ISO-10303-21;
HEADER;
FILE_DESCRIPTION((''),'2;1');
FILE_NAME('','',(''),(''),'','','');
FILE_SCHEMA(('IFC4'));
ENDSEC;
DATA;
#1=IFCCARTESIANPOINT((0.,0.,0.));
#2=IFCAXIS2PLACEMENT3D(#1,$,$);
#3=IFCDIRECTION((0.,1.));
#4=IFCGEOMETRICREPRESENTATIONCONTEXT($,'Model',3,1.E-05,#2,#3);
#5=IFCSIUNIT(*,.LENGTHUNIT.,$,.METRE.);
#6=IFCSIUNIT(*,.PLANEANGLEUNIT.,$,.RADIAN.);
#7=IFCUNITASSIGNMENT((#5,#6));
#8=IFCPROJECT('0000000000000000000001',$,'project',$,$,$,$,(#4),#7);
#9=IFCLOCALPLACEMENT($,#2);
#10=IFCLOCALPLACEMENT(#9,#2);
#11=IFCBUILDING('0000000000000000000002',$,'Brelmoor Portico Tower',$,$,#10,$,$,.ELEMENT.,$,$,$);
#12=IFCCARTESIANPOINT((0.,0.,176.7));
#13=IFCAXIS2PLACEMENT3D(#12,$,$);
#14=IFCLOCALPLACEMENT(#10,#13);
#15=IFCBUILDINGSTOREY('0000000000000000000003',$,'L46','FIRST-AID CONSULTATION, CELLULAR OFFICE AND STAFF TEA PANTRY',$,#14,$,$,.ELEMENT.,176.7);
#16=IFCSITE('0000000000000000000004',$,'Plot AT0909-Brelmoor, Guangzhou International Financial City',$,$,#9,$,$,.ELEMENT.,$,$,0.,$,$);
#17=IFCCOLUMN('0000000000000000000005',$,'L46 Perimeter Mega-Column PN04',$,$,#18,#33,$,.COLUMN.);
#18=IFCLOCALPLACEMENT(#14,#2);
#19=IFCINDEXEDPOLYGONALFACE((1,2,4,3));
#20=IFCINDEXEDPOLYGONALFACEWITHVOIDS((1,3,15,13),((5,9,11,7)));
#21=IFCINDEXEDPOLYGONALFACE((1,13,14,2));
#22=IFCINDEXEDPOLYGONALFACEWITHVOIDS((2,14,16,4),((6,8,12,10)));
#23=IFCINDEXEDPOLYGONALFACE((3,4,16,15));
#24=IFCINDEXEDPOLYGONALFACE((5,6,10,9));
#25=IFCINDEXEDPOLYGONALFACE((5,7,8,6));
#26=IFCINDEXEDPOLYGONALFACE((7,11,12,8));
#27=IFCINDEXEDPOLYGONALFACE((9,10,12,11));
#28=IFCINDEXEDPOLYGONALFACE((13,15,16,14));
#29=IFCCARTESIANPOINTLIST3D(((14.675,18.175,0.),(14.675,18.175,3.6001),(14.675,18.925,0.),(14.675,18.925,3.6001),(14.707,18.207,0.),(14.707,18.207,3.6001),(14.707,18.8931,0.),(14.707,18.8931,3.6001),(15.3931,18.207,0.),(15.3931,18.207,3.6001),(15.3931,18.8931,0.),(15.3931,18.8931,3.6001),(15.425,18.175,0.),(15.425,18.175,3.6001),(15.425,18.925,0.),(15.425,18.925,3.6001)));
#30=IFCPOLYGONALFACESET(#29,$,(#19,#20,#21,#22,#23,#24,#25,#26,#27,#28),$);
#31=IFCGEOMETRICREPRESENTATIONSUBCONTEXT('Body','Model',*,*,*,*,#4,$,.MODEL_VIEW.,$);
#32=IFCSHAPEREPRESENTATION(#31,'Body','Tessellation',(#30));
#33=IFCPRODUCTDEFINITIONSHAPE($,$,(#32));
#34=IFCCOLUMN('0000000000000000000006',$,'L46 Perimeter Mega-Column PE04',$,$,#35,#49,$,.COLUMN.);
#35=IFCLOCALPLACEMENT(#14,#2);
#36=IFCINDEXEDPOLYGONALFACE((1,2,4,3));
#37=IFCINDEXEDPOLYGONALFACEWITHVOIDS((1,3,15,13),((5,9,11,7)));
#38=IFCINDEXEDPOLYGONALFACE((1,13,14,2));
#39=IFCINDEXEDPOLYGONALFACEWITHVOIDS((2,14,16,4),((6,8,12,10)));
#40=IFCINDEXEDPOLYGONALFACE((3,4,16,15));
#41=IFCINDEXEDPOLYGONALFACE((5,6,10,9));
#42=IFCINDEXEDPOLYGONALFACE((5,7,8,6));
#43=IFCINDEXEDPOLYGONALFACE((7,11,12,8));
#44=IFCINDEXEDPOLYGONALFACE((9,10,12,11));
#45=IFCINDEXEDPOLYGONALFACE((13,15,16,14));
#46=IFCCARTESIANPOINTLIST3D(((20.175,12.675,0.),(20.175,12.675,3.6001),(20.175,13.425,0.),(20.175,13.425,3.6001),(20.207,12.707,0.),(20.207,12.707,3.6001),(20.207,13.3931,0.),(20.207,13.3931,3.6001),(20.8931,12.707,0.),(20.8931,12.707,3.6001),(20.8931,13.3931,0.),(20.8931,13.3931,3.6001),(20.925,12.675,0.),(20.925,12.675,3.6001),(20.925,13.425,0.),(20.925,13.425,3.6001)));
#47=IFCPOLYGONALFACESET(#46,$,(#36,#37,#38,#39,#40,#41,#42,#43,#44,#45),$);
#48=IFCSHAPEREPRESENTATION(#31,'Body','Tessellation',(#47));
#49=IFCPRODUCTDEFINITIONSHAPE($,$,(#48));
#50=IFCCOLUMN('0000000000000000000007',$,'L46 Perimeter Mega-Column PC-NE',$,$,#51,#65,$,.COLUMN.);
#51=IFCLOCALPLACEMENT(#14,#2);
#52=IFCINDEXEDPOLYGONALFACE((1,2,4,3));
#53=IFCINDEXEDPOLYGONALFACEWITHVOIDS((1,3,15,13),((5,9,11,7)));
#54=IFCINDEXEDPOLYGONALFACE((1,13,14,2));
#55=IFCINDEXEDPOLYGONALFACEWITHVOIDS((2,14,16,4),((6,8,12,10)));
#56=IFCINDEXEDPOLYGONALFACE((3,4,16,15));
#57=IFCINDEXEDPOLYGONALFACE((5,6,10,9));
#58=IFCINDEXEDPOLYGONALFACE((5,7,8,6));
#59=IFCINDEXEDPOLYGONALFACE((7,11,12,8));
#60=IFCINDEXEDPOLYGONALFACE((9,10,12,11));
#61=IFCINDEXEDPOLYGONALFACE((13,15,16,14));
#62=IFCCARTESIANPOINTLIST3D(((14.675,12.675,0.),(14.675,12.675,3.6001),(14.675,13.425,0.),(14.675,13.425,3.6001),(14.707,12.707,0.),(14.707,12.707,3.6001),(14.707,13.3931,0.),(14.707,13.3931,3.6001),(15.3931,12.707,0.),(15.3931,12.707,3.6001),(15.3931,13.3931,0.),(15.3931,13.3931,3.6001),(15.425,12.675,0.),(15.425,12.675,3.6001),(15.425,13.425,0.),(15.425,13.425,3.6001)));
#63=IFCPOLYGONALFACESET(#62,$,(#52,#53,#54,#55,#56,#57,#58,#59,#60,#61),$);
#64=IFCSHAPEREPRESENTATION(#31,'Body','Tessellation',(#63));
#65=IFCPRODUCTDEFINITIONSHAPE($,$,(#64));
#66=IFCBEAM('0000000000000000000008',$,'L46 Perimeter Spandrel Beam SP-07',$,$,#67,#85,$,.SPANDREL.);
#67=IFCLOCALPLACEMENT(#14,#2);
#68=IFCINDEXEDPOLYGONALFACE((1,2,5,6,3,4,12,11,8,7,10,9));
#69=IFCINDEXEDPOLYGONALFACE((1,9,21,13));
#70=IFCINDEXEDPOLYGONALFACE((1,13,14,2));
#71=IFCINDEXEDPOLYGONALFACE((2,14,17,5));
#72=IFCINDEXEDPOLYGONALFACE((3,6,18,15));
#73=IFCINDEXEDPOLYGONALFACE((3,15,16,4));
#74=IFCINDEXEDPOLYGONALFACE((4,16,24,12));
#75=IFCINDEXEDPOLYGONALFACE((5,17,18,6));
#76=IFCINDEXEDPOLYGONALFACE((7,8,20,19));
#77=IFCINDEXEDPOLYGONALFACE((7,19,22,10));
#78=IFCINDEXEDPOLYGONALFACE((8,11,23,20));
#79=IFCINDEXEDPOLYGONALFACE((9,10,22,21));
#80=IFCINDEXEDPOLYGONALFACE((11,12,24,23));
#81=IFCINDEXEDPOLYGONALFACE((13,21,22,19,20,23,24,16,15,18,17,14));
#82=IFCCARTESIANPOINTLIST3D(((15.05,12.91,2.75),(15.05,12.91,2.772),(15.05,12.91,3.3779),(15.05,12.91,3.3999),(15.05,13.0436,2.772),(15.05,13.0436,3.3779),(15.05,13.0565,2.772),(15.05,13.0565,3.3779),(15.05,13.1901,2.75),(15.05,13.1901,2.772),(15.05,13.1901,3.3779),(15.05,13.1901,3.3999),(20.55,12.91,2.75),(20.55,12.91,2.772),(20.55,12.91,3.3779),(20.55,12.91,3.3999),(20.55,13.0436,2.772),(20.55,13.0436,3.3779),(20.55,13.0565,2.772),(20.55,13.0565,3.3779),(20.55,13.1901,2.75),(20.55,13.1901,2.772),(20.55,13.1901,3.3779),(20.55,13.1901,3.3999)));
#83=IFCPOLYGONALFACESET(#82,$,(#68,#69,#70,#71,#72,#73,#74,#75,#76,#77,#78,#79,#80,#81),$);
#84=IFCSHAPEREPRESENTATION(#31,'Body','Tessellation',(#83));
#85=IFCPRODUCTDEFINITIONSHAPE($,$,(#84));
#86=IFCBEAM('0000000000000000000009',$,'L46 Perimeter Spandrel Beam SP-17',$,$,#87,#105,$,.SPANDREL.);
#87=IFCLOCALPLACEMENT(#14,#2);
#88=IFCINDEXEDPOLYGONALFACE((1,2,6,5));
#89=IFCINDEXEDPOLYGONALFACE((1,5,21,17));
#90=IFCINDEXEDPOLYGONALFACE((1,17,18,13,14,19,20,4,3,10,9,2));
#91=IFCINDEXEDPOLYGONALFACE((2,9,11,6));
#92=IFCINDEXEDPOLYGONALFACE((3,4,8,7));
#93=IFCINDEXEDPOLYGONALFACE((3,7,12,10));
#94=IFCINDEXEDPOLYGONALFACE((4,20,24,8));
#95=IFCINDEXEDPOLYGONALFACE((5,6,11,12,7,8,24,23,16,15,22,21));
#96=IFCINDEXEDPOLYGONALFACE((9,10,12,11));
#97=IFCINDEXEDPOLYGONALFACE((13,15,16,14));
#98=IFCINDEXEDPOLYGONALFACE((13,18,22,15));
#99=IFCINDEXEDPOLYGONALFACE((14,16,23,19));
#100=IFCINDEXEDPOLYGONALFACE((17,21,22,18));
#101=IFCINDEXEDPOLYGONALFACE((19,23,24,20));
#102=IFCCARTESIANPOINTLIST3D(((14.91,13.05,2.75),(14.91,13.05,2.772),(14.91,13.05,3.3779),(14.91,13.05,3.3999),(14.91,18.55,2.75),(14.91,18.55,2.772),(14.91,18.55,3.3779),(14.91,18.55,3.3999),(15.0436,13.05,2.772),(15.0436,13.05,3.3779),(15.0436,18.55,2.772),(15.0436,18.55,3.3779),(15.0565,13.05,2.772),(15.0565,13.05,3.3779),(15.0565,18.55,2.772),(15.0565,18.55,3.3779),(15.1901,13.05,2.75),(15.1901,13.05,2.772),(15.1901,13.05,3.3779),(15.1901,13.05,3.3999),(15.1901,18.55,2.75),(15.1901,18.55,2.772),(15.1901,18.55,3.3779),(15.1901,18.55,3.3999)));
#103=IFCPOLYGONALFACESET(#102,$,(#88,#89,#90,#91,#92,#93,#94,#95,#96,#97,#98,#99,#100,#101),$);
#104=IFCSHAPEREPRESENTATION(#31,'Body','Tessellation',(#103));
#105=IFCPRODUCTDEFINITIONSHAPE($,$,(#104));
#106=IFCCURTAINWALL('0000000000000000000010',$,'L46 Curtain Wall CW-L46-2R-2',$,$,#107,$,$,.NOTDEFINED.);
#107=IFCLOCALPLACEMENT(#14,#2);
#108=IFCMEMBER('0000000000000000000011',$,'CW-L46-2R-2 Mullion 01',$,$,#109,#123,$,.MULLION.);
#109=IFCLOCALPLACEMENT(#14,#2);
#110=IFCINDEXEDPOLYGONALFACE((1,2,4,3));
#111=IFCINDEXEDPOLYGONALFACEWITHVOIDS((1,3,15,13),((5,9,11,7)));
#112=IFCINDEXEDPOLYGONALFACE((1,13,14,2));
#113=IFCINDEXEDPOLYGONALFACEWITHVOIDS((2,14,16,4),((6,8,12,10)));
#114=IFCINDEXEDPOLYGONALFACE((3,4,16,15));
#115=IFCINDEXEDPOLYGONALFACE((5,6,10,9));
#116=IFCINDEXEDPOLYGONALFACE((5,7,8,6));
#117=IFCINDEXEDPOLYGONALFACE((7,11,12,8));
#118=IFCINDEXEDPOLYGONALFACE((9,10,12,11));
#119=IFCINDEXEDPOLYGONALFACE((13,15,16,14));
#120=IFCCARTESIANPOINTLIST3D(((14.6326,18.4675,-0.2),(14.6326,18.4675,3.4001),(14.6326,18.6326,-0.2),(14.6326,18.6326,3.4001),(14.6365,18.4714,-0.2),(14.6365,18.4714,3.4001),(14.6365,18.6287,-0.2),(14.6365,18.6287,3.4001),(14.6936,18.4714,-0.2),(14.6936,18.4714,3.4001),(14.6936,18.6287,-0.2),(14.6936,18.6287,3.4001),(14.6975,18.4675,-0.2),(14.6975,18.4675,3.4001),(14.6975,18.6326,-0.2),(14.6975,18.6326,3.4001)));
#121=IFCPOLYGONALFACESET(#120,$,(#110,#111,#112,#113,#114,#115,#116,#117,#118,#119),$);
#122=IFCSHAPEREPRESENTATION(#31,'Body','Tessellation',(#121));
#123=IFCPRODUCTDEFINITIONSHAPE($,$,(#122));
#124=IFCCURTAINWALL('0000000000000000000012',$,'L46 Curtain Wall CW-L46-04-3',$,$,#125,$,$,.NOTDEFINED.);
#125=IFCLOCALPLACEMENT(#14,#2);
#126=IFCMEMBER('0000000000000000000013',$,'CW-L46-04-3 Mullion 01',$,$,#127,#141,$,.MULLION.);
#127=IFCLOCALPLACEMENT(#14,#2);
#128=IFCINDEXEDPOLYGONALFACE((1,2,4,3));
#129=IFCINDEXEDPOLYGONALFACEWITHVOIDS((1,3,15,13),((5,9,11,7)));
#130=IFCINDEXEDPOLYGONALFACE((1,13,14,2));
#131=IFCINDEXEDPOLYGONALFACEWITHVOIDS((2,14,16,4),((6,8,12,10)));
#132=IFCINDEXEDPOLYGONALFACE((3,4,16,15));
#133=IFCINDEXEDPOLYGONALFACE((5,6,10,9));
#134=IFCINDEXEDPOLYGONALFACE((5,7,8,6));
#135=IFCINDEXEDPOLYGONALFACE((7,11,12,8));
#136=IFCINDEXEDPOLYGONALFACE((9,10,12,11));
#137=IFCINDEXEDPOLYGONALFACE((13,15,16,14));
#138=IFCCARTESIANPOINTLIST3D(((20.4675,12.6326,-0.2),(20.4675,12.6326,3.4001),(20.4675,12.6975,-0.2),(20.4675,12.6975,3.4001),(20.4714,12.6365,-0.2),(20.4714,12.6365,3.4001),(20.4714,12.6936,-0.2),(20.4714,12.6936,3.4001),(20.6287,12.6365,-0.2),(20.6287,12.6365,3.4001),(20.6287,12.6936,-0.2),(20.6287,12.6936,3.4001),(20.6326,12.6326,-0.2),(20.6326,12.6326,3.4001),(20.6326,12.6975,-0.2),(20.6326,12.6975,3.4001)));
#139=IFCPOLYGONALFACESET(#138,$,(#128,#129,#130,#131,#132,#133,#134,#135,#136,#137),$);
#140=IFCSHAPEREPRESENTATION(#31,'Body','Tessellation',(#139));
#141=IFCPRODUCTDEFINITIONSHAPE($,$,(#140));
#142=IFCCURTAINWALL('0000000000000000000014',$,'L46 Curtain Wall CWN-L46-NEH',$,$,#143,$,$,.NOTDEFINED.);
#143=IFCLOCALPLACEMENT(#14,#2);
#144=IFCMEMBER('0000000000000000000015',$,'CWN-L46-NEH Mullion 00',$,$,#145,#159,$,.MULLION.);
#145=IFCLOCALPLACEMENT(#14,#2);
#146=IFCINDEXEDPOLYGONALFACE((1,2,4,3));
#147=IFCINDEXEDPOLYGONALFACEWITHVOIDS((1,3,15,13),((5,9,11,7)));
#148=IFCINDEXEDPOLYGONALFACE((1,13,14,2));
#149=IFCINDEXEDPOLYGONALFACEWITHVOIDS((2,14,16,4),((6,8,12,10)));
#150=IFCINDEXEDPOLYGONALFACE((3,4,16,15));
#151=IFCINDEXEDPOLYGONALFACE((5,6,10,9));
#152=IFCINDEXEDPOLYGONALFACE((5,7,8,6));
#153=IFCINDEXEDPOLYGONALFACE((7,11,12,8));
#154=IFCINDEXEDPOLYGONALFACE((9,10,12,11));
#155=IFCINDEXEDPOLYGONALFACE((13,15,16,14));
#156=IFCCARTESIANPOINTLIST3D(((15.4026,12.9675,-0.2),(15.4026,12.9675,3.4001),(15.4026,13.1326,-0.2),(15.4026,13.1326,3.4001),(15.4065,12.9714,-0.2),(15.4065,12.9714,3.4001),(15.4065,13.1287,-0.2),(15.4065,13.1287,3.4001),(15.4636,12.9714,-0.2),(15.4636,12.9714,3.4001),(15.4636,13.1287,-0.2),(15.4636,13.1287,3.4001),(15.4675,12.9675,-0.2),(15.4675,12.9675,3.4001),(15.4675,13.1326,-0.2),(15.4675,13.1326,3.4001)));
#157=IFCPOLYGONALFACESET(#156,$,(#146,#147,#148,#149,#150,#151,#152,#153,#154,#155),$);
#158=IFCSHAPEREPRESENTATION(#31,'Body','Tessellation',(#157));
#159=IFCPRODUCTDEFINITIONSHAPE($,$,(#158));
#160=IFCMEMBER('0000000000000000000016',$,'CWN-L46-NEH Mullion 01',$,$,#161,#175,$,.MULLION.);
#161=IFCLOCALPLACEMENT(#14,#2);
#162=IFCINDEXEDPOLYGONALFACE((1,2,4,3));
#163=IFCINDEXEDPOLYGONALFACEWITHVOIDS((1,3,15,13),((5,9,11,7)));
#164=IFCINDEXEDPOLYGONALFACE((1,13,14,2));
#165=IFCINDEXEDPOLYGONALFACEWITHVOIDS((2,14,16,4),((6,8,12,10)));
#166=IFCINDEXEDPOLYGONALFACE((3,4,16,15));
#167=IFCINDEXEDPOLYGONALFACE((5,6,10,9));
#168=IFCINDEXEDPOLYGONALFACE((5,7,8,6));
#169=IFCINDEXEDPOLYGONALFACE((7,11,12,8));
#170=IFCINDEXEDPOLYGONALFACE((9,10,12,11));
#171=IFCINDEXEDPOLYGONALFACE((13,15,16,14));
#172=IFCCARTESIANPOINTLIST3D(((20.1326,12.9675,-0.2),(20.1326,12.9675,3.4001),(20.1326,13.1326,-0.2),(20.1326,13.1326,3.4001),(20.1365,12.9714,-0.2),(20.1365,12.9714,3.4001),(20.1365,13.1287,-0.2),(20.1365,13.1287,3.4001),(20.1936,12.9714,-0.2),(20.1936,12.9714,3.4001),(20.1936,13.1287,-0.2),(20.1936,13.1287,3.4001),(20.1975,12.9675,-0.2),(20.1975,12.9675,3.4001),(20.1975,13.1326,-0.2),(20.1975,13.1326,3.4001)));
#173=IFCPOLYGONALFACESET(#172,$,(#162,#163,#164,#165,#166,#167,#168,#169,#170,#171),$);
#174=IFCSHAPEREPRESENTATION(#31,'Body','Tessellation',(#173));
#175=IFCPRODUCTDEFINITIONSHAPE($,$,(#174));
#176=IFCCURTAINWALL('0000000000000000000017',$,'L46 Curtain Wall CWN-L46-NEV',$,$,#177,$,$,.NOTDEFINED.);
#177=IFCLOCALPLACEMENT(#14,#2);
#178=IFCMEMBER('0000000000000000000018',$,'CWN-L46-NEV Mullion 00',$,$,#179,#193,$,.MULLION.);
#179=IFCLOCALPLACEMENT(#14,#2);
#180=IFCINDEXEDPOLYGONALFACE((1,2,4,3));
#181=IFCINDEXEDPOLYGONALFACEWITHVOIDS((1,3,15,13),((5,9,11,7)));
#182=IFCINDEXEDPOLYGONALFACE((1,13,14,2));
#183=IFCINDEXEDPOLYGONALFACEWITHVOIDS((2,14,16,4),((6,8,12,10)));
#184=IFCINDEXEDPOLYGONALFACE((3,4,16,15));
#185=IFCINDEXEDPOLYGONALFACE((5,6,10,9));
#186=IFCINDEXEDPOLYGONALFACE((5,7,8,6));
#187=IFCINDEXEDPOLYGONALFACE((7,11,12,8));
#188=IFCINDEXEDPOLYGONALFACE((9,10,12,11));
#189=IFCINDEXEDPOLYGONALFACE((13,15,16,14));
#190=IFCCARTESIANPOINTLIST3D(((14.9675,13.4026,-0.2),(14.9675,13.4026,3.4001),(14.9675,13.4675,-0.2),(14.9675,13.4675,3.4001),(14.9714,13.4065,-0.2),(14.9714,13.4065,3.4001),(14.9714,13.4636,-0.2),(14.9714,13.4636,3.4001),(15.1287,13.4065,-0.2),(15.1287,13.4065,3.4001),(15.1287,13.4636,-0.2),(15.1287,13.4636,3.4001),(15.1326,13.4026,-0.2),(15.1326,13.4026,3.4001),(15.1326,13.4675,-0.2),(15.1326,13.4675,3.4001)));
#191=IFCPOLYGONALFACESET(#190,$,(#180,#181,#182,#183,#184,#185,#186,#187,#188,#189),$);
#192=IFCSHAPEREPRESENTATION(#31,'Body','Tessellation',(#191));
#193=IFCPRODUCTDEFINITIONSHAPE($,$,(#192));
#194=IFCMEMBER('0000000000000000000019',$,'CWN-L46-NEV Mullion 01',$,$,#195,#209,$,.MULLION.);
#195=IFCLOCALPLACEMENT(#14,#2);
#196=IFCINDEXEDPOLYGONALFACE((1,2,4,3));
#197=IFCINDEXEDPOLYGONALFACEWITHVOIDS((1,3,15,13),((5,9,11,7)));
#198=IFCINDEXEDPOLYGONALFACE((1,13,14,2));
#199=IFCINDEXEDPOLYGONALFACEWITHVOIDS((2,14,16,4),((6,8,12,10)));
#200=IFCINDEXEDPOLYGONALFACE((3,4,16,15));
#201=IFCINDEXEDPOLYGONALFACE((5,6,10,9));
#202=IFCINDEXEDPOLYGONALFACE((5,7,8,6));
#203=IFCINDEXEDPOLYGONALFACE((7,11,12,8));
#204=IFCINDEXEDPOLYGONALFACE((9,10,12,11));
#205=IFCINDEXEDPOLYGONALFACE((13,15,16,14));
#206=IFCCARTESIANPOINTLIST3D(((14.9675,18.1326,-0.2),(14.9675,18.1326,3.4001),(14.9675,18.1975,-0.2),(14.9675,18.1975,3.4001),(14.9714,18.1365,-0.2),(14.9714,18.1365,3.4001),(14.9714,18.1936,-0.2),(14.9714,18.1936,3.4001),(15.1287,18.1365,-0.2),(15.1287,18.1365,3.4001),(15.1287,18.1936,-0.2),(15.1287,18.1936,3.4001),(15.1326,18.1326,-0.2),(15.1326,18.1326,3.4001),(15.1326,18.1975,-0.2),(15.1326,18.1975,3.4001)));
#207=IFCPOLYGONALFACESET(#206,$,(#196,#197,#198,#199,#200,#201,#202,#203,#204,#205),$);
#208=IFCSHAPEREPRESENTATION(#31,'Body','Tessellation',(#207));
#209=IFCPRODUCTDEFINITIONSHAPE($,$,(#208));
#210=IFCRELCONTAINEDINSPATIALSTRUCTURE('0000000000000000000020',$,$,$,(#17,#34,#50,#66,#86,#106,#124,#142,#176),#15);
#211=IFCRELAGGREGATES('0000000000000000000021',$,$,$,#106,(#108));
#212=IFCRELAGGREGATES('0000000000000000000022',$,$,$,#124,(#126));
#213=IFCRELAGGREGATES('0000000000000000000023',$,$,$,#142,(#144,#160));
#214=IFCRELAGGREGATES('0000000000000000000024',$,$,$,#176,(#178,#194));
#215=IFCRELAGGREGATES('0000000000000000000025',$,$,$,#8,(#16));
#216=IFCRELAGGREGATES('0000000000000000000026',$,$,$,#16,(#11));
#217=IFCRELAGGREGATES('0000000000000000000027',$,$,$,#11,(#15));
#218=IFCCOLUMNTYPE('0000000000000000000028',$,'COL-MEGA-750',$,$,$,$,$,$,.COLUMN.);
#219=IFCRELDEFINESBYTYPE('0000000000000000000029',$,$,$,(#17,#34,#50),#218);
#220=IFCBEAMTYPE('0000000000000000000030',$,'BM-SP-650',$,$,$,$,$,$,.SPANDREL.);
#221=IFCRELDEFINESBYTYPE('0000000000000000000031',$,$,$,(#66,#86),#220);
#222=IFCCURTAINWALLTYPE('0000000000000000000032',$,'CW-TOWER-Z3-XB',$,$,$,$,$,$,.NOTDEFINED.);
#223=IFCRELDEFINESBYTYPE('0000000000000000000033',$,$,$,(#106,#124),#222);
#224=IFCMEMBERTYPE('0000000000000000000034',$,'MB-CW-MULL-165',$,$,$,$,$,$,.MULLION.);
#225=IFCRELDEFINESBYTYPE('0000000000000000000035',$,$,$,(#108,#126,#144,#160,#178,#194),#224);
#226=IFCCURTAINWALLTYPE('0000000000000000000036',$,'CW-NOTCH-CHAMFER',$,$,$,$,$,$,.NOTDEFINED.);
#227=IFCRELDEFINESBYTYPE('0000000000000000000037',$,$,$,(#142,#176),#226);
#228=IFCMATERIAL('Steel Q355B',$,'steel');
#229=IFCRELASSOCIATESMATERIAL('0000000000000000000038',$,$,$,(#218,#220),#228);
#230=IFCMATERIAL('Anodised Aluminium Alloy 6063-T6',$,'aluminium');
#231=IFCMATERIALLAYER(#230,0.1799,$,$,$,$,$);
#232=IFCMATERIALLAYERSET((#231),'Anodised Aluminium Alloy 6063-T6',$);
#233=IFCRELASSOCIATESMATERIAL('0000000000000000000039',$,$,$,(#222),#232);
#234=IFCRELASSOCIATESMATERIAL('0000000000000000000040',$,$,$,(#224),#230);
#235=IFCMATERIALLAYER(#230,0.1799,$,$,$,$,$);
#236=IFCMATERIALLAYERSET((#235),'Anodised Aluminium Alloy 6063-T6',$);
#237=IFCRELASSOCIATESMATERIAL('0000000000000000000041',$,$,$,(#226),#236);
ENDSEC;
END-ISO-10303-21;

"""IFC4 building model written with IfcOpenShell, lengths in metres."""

from ifc_helpers import new_model, si_unit, direction, frame, origin, origin_2d, place, context, subcontext, project, spatial, hollow_rectangle, i_section, extrude, material, layer, layer_set, material_profile, profile_set, type_object, element, aggregate, save


model = new_model("IFC4")

# Units and contexts
model_context = context("Model", 3, precision=1e-05, world=origin(), true_north=direction((0.0, 1.0)))
body_context = subcontext(model_context, "Body", "Model", "MODEL_VIEW")
ifc_project = project(units=[si_unit("LENGTHUNIT", "METRE"), si_unit("PLANEANGLEUNIT", "RADIAN")], contexts=[model_context])

# Site, building, storey
site_placement = place(None, origin())
site = spatial("IfcSite", under=ifc_project, at=site_placement, Name="Plot AT0909-Brelmoor, Guangzhou International Financial City", CompositionType="ELEMENT", RefElevation=0.0)
building_placement = place(site_placement, origin())
building = spatial("IfcBuilding", under=site, at=building_placement, Name="Brelmoor Portico Tower", CompositionType="ELEMENT")
storey_placement = place(building_placement, frame((0.0, 0.0, 176.7)))
storey = spatial("IfcBuildingStorey", under=building, at=storey_placement, Name="L46", Description="FIRST-AID CONSULTATION, CELLULAR OFFICE AND STAFF TEA PANTRY", CompositionType="ELEMENT", Elevation=176.7)

# Columns
ifc_material_1 = material(Name="Steel Q355B", Category="steel")
ifc_material_profile_1 = material_profile(ifc_material_1, hollow_rectangle(XDim=0.75, YDim=0.75, WallThickness=0.032, at=origin_2d()), Name="BOX 750x750x32")
ifc_profile_set_1 = profile_set([ifc_material_profile_1], Name="Steel Q355B")
column_type = type_object("IfcColumnType", Name="COL-MEGA-750", PredefinedType="COLUMN", material=ifc_profile_set_1)
for number, where, z_axis, x_axis, name in (
    (1, (15.05, 18.55, 0.0), (0.0, 0.0, 1.0), (1.0, 0.0, 0.0), "L46 Perimeter Mega-Column PN04"),
    (2, (20.55, 13.05, 0.0), (0.0, 0.0, 1.0), (0.0, 1.0, 0.0), "L46 Perimeter Mega-Column PE04"),
    (3, (15.05, 13.05, 0.0), (0.0, 0.0, 1.0), (1.0, 0.0, 0.0), "L46 Perimeter Mega-Column PC-NE"),
):
    element("IfcColumn", number, at=place(storey_placement, frame(where, z_axis=z_axis, x_axis=x_axis)), inside=storey, type_object=column_type, Name=name, PredefinedType="COLUMN", context=body_context, shape_type="SweptSolid", body=[
        extrude(hollow_rectangle(XDim=0.75, YDim=0.75, WallThickness=0.032, at=origin_2d()), origin(), (0.0, 0.0, 1.0), 3.6001),
    ])

# Beams
ifc_material_profile_2 = material_profile(ifc_material_1, i_section(OverallWidth=0.28, OverallDepth=0.6499, WebThickness=0.0129, FlangeThickness=0.022, at=origin_2d()), Name="HN 650x280x13x22")
ifc_profile_set_2 = profile_set([ifc_material_profile_2], Name="Steel Q355B")
beam_type = type_object("IfcBeamType", Name="BM-SP-650", PredefinedType="SPANDREL", material=ifc_profile_set_2)
for number, where, z_axis, x_axis, name in (
    (4, (15.05, 13.05, 3.075), (1.0, 0.0, 0.0), (0.0, 1.0, 0.0), "L46 Perimeter Spandrel Beam SP-07"),
    (5, (15.05, 13.05, 3.075), (0.0, 1.0, 0.0), (-1.0, 0.0, 0.0), "L46 Perimeter Spandrel Beam SP-17"),
):
    element("IfcBeam", number, at=place(storey_placement, frame(where, z_axis=z_axis, x_axis=x_axis)), inside=storey, type_object=beam_type, Name=name, PredefinedType="SPANDREL", context=body_context, shape_type="SweptSolid", body=[
        extrude(i_section(OverallWidth=0.28, OverallDepth=0.6499, WebThickness=0.0129, FlangeThickness=0.022, at=origin_2d()), origin(), (0.0, 0.0, 1.0), 5.5),
    ])

# Curtain walls, members
ifc_material_2 = material(Name="Anodised Aluminium Alloy 6063-T6", Category="aluminium")
ifc_layer_1 = layer(ifc_material_2, 0.1799)
ifc_layer_set_1 = layer_set([ifc_layer_1], Name="Anodised Aluminium Alloy 6063-T6")
curtain_wall_type_1 = type_object("IfcCurtainWallType", Name="CW-TOWER-Z3-XB", PredefinedType="NOTDEFINED", material=ifc_layer_set_1)
curtain_wall_1_placement = place(storey_placement, origin())
curtain_wall_1 = element("IfcCurtainWall", 6, at=curtain_wall_1_placement, inside=storey, type_object=curtain_wall_type_1, Name="L46 Curtain Wall CW-L46-2R-2", PredefinedType="NOTDEFINED")
ifc_material_profile_3 = material_profile(ifc_material_2, hollow_rectangle(XDim=0.0649, YDim=0.165, WallThickness=0.0039, at=origin_2d()), Name="ALU MULLION 65x165")
ifc_profile_set_3 = profile_set([ifc_material_profile_3], Name="Anodised Aluminium Alloy 6063-T6")
member_type_1 = type_object("IfcMemberType", Name="MB-CW-MULL-165", PredefinedType="MULLION", material=ifc_profile_set_3)
member_1_placement = place(storey_placement, frame((14.665, 18.55, -0.2), z_axis=(0.0, 0.0, 1.0), x_axis=(1.0, 0.0, 0.0)))
member_1 = element("IfcMember", 7, at=member_1_placement, type_object=member_type_1, Name="CW-L46-2R-2 Mullion 01", PredefinedType="MULLION", context=body_context, shape_type="SweptSolid", body=[
    extrude(hollow_rectangle(XDim=0.0649, YDim=0.165, WallThickness=0.0039, at=origin_2d()), origin(), (0.0, 0.0, 1.0), 3.6001),
])
aggregate(curtain_wall_1, [member_1])
curtain_wall_2_placement = place(storey_placement, origin())
curtain_wall_2 = element("IfcCurtainWall", 8, at=curtain_wall_2_placement, inside=storey, type_object=curtain_wall_type_1, Name="L46 Curtain Wall CW-L46-04-3", PredefinedType="NOTDEFINED")
member_2_placement = place(storey_placement, frame((20.55, 12.665, -0.2), z_axis=(0.0, 0.0, 1.0), x_axis=(0.0, 1.0, 0.0)))
member_2 = element("IfcMember", 9, at=member_2_placement, type_object=member_type_1, Name="CW-L46-04-3 Mullion 01", PredefinedType="MULLION", context=body_context, shape_type="SweptSolid", body=[
    extrude(hollow_rectangle(XDim=0.0649, YDim=0.165, WallThickness=0.0039, at=origin_2d()), origin(), (0.0, 0.0, 1.0), 3.6001),
])
aggregate(curtain_wall_2, [member_2])

# Curtain walls, members
ifc_layer_2 = layer(ifc_material_2, 0.1799)
ifc_layer_set_2 = layer_set([ifc_layer_2], Name="Anodised Aluminium Alloy 6063-T6")
curtain_wall_type_2 = type_object("IfcCurtainWallType", Name="CW-NOTCH-CHAMFER", PredefinedType="NOTDEFINED", material=ifc_layer_set_2)
curtain_wall_3_placement = place(storey_placement, origin())
curtain_wall_3 = element("IfcCurtainWall", 10, at=curtain_wall_3_placement, inside=storey, type_object=curtain_wall_type_2, Name="L46 Curtain Wall CWN-L46-NEH", PredefinedType="NOTDEFINED")
member_3_placement = place(storey_placement, frame((15.4351, 13.05, -0.2), z_axis=(0.0, 0.0, 1.0), x_axis=(1.0, 0.0, 0.0)))
member_3 = element("IfcMember", 11, at=member_3_placement, type_object=member_type_1, Name="CWN-L46-NEH Mullion 00", PredefinedType="MULLION", context=body_context, shape_type="SweptSolid", body=[
    extrude(hollow_rectangle(XDim=0.0649, YDim=0.165, WallThickness=0.0039, at=origin_2d()), origin(), (0.0, 0.0, 1.0), 3.6001),
])
member_4_placement = place(storey_placement, frame((20.165, 13.05, -0.2), z_axis=(0.0, 0.0, 1.0), x_axis=(1.0, 0.0, 0.0)))
member_4 = element("IfcMember", 12, at=member_4_placement, type_object=member_type_1, Name="CWN-L46-NEH Mullion 01", PredefinedType="MULLION", context=body_context, shape_type="SweptSolid", body=[
    extrude(hollow_rectangle(XDim=0.0649, YDim=0.165, WallThickness=0.0039, at=origin_2d()), origin(), (0.0, 0.0, 1.0), 3.6001),
])
curtain_wall_4_placement = place(storey_placement, origin())
curtain_wall_4 = element("IfcCurtainWall", 13, at=curtain_wall_4_placement, inside=storey, type_object=curtain_wall_type_2, Name="L46 Curtain Wall CWN-L46-NEV", PredefinedType="NOTDEFINED")
member_5_placement = place(storey_placement, frame((15.05, 13.4351, -0.2), z_axis=(0.0, 0.0, 1.0), x_axis=(0.0, 1.0, 0.0)))
member_5 = element("IfcMember", 14, at=member_5_placement, type_object=member_type_1, Name="CWN-L46-NEV Mullion 00", PredefinedType="MULLION", context=body_context, shape_type="SweptSolid", body=[
    extrude(hollow_rectangle(XDim=0.0649, YDim=0.165, WallThickness=0.0039, at=origin_2d()), origin(), (0.0, 0.0, 1.0), 3.6001),
])
member_6_placement = place(storey_placement, frame((15.05, 18.165, -0.2), z_axis=(0.0, 0.0, 1.0), x_axis=(0.0, 1.0, 0.0)))
member_6 = element("IfcMember", 15, at=member_6_placement, type_object=member_type_1, Name="CWN-L46-NEV Mullion 01", PredefinedType="MULLION", context=body_context, shape_type="SweptSolid", body=[
    extrude(hollow_rectangle(XDim=0.0649, YDim=0.165, WallThickness=0.0039, at=origin_2d()), origin(), (0.0, 0.0, 1.0), 3.6001),
])

aggregate(curtain_wall_3, [member_3, member_4])
aggregate(curtain_wall_4, [member_5, member_6])

save(model, "model.ifc")
